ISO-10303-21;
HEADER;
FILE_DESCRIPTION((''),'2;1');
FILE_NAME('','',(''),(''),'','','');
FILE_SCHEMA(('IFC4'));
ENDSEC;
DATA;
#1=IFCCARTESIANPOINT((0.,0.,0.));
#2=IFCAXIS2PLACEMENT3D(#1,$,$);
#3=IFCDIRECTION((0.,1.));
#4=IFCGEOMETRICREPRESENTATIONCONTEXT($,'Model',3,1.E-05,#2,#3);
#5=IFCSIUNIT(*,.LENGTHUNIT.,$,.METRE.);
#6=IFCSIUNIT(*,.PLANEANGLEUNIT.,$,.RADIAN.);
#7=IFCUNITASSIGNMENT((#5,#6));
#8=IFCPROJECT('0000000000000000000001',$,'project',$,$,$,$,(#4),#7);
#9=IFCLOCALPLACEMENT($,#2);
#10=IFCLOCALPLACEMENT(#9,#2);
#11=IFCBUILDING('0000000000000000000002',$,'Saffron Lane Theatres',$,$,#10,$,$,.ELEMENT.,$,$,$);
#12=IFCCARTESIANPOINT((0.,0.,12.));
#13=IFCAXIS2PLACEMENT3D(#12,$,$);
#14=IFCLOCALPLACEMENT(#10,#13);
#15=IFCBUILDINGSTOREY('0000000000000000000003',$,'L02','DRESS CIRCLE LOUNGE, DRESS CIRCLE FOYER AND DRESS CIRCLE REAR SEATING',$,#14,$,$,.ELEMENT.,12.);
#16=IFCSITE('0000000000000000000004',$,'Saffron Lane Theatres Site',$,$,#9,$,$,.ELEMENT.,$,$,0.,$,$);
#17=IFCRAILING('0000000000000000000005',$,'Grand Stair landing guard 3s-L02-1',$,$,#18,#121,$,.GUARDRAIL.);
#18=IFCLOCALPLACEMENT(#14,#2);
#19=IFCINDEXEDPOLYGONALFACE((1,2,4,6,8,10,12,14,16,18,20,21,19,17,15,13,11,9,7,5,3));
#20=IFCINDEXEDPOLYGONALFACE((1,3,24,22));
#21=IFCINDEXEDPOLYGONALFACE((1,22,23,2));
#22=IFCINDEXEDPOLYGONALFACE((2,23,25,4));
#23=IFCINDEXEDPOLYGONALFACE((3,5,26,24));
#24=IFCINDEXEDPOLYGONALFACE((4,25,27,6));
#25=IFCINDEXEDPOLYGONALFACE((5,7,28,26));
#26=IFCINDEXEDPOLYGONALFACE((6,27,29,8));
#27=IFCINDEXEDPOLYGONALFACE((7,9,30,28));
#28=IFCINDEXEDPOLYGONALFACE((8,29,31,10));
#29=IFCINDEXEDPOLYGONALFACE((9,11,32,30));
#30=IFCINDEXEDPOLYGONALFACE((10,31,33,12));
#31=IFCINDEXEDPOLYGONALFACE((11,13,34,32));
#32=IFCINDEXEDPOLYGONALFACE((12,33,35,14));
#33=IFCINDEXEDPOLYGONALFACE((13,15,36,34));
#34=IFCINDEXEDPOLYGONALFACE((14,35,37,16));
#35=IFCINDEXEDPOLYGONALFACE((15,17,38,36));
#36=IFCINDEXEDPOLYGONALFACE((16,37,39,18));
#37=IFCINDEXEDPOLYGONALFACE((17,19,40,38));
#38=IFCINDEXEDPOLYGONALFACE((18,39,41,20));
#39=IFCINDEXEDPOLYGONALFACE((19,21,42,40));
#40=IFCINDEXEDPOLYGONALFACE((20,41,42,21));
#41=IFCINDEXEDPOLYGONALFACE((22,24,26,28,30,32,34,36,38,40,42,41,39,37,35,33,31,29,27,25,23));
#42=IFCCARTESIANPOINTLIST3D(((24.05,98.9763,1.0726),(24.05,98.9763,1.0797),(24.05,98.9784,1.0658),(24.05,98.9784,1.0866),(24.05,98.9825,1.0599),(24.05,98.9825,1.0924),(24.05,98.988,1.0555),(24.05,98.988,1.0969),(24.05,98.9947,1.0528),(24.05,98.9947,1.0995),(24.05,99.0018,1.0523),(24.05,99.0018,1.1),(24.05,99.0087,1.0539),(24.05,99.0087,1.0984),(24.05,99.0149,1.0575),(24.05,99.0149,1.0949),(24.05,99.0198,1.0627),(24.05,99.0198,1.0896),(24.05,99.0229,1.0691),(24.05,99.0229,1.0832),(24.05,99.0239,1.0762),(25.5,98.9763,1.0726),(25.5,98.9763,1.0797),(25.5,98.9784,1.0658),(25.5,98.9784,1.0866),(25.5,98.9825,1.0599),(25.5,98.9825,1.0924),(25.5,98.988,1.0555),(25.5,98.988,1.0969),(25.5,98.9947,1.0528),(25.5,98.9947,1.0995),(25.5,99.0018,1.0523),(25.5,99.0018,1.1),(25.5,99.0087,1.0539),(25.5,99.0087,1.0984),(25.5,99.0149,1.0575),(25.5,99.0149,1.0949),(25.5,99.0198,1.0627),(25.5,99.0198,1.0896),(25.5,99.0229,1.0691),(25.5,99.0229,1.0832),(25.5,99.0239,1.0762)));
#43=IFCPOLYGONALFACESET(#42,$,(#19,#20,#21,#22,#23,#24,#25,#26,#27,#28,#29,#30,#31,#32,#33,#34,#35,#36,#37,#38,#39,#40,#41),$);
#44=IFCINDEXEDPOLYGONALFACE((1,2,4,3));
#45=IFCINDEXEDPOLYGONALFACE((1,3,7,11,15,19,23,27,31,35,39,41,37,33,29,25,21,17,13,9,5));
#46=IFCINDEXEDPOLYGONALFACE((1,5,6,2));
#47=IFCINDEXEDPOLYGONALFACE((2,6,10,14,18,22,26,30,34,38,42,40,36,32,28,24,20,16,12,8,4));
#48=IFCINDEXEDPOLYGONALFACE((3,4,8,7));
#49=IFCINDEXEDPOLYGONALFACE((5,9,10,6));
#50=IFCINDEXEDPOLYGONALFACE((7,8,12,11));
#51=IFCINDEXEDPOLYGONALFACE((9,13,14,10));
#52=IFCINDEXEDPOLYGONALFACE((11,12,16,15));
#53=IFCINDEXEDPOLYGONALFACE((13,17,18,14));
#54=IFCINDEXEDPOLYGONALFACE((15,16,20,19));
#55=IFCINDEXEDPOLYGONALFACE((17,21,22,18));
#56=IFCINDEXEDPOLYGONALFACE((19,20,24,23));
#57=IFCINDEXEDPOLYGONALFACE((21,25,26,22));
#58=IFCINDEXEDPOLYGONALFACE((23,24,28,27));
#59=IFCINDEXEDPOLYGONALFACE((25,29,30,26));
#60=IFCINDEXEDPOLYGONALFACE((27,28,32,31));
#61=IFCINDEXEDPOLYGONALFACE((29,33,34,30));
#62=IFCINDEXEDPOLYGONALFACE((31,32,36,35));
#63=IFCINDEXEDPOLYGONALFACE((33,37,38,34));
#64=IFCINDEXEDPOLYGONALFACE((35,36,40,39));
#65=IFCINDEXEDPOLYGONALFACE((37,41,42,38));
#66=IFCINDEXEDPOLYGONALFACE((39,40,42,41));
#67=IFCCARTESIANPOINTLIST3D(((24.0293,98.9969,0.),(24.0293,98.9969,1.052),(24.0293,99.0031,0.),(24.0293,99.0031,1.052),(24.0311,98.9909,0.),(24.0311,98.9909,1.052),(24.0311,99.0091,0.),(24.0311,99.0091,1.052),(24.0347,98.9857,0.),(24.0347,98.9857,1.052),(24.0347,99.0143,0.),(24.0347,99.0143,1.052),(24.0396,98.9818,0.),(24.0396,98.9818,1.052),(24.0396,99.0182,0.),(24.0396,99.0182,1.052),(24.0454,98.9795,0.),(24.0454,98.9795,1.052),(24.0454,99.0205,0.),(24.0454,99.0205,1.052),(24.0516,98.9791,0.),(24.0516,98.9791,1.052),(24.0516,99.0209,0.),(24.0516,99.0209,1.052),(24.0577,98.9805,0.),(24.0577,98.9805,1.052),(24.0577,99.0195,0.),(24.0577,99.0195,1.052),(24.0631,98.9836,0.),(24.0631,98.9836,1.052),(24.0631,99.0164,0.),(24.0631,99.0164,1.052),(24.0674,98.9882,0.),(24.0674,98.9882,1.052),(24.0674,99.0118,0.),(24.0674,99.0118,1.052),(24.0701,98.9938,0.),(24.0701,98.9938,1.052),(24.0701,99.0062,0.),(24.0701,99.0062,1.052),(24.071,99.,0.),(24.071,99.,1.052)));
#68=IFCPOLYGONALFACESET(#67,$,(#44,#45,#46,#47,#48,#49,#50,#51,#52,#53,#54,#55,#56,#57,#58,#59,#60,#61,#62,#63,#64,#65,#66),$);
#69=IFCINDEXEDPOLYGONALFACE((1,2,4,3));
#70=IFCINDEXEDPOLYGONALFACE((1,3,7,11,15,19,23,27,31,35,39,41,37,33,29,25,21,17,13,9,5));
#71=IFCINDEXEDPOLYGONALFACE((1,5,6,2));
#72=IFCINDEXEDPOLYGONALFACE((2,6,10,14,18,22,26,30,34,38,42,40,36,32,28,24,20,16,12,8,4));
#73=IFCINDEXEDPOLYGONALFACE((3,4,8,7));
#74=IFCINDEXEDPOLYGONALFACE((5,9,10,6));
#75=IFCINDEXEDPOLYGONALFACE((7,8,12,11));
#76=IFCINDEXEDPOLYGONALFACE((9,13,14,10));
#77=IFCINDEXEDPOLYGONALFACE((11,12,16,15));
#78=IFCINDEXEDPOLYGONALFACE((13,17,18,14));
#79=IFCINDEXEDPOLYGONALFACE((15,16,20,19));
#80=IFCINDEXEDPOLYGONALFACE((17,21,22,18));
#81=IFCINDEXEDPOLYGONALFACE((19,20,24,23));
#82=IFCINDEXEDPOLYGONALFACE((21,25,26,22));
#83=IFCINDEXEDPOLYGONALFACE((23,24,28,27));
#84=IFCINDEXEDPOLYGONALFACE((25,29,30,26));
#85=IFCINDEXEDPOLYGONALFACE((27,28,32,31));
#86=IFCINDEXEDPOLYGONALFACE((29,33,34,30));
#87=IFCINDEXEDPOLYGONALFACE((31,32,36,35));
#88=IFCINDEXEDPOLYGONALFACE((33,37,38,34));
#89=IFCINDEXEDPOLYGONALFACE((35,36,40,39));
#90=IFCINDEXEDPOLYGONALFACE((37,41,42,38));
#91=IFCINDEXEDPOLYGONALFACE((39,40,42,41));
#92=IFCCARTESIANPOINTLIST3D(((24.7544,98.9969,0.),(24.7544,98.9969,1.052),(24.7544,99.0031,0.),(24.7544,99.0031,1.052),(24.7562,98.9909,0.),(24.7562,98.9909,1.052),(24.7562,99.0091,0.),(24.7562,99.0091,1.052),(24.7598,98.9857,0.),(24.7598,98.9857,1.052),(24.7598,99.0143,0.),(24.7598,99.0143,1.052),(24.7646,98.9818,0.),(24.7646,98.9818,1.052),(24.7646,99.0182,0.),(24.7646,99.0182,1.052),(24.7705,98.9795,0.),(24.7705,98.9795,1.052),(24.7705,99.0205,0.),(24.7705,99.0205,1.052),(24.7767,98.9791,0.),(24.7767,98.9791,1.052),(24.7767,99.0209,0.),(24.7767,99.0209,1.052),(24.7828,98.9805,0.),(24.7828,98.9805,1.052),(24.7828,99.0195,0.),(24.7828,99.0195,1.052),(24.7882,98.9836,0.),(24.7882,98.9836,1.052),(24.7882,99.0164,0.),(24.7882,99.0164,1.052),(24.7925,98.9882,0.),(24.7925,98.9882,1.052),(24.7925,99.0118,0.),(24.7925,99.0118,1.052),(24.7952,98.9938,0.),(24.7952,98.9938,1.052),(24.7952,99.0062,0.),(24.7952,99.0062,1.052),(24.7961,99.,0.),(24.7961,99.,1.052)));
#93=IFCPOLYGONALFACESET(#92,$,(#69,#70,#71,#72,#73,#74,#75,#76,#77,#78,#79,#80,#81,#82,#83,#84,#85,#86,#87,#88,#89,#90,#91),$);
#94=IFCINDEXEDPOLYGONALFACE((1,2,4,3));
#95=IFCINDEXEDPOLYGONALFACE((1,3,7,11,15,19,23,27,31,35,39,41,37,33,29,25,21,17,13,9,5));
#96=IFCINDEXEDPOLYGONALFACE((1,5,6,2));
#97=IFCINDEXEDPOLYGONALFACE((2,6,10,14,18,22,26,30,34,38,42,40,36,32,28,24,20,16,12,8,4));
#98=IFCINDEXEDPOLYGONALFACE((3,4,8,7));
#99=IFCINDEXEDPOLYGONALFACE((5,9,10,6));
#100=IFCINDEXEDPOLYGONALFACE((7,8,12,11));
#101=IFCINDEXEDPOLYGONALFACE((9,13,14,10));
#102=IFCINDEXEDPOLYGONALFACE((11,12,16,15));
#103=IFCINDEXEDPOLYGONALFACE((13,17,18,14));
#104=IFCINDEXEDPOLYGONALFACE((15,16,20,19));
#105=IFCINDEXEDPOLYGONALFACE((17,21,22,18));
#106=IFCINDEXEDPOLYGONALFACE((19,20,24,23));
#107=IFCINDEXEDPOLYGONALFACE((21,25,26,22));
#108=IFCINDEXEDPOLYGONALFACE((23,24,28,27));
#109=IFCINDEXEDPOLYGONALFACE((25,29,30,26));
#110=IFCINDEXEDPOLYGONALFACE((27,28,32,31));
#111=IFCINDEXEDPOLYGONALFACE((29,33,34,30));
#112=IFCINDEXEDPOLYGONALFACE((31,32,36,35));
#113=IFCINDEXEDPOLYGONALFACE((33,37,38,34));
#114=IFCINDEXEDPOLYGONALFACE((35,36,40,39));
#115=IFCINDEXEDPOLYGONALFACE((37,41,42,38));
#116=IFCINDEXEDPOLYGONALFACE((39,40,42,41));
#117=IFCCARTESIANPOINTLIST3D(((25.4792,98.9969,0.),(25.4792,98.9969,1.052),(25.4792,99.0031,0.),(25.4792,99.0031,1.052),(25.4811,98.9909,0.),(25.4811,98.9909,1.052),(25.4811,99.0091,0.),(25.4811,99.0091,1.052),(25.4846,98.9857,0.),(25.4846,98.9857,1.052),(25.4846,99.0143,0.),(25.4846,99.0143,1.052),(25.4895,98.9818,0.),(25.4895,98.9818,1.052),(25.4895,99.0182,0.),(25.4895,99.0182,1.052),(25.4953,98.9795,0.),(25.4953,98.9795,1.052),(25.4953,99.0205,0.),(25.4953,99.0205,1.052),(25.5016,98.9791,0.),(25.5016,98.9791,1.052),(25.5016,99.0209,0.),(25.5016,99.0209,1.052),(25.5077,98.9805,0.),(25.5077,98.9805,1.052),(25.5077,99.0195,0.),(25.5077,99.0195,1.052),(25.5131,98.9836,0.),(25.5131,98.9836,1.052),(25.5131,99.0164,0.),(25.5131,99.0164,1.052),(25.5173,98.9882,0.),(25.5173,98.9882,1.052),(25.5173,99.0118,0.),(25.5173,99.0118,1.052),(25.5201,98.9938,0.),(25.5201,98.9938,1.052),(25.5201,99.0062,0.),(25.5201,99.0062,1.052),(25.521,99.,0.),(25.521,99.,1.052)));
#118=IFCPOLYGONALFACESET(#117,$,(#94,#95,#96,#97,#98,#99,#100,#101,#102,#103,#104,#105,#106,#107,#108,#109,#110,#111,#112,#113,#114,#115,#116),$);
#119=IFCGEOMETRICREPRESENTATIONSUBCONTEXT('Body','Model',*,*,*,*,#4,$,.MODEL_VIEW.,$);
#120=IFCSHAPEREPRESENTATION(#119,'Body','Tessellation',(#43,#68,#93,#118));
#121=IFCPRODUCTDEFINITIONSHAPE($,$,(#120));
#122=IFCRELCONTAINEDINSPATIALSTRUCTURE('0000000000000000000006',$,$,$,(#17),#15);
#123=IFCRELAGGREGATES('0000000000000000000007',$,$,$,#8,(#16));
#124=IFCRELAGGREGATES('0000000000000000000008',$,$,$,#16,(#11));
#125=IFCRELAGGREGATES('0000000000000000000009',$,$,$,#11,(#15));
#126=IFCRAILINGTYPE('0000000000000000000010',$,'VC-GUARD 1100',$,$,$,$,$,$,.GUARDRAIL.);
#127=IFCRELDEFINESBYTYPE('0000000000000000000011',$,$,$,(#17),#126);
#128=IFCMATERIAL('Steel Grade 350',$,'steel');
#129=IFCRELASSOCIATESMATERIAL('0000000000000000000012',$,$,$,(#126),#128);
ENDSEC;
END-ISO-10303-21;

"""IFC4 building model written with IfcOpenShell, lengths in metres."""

from ifc_helpers import new_model, si_unit, direction, frame, origin, origin_2d, place, context, subcontext, project, spatial, circle, extrude, material, type_object, element, save


model = new_model("IFC4")

# Units and contexts
model_context = context("Model", 3, precision=1e-05, world=origin(), true_north=direction((0.0, 1.0)))
body_context = subcontext(model_context, "Body", "Model", "MODEL_VIEW")
ifc_project = project(units=[si_unit("LENGTHUNIT", "METRE"), si_unit("PLANEANGLEUNIT", "RADIAN")], contexts=[model_context])

# Site, building, storey
site_placement = place(None, origin())
site = spatial("IfcSite", under=ifc_project, at=site_placement, Name="Saffron Lane Theatres Site", CompositionType="ELEMENT", RefElevation=0.0)
building_placement = place(site_placement, origin())
building = spatial("IfcBuilding", under=site, at=building_placement, Name="Saffron Lane Theatres", CompositionType="ELEMENT")
storey_placement = place(building_placement, frame((0.0, 0.0, 12.0)))
storey = spatial("IfcBuildingStorey", under=building, at=storey_placement, Name="L02", Description="DRESS CIRCLE LOUNGE, DRESS CIRCLE FOYER AND DRESS CIRCLE REAR SEATING", CompositionType="ELEMENT", Elevation=12.0)

# Railing
ifc_material_1 = material(Name="Steel Grade 350", Category="steel")
railing_type_1 = type_object("IfcRailingType", Name="VC-GUARD 1100", PredefinedType="GUARDRAIL", material=ifc_material_1)
railing_1_placement = place(storey_placement, frame((24.05, 99.0, 0.0)))
element("IfcRailing", 1, at=railing_1_placement, inside=storey, type_object=railing_type_1, Name="Grand Stair landing guard 3s-L02-1", PredefinedType="GUARDRAIL", context=body_context, shape_type="SweptSolid", body=[
    extrude(circle(Radius=0.0239, at=origin_2d()), frame((0.0, 0.0, 1.0762), z_axis=(1.0, 0.0, 0.0), x_axis=(0.0, 1.0, 0.0)), (0.0, 0.0, 1.0), 1.45),
    extrude(circle(Radius=0.021, at=origin_2d()), origin(), (0.0, 0.0, 1.0), 1.052),
    extrude(circle(Radius=0.021, at=origin_2d()), frame((0.7251, 0.0, 0.0)), (0.0, 0.0, 1.0), 1.052),
    extrude(circle(Radius=0.021, at=origin_2d()), frame((1.45, 0.0, 0.0)), (0.0, 0.0, 1.0), 1.052),
])

save(model, "model.ifc")
